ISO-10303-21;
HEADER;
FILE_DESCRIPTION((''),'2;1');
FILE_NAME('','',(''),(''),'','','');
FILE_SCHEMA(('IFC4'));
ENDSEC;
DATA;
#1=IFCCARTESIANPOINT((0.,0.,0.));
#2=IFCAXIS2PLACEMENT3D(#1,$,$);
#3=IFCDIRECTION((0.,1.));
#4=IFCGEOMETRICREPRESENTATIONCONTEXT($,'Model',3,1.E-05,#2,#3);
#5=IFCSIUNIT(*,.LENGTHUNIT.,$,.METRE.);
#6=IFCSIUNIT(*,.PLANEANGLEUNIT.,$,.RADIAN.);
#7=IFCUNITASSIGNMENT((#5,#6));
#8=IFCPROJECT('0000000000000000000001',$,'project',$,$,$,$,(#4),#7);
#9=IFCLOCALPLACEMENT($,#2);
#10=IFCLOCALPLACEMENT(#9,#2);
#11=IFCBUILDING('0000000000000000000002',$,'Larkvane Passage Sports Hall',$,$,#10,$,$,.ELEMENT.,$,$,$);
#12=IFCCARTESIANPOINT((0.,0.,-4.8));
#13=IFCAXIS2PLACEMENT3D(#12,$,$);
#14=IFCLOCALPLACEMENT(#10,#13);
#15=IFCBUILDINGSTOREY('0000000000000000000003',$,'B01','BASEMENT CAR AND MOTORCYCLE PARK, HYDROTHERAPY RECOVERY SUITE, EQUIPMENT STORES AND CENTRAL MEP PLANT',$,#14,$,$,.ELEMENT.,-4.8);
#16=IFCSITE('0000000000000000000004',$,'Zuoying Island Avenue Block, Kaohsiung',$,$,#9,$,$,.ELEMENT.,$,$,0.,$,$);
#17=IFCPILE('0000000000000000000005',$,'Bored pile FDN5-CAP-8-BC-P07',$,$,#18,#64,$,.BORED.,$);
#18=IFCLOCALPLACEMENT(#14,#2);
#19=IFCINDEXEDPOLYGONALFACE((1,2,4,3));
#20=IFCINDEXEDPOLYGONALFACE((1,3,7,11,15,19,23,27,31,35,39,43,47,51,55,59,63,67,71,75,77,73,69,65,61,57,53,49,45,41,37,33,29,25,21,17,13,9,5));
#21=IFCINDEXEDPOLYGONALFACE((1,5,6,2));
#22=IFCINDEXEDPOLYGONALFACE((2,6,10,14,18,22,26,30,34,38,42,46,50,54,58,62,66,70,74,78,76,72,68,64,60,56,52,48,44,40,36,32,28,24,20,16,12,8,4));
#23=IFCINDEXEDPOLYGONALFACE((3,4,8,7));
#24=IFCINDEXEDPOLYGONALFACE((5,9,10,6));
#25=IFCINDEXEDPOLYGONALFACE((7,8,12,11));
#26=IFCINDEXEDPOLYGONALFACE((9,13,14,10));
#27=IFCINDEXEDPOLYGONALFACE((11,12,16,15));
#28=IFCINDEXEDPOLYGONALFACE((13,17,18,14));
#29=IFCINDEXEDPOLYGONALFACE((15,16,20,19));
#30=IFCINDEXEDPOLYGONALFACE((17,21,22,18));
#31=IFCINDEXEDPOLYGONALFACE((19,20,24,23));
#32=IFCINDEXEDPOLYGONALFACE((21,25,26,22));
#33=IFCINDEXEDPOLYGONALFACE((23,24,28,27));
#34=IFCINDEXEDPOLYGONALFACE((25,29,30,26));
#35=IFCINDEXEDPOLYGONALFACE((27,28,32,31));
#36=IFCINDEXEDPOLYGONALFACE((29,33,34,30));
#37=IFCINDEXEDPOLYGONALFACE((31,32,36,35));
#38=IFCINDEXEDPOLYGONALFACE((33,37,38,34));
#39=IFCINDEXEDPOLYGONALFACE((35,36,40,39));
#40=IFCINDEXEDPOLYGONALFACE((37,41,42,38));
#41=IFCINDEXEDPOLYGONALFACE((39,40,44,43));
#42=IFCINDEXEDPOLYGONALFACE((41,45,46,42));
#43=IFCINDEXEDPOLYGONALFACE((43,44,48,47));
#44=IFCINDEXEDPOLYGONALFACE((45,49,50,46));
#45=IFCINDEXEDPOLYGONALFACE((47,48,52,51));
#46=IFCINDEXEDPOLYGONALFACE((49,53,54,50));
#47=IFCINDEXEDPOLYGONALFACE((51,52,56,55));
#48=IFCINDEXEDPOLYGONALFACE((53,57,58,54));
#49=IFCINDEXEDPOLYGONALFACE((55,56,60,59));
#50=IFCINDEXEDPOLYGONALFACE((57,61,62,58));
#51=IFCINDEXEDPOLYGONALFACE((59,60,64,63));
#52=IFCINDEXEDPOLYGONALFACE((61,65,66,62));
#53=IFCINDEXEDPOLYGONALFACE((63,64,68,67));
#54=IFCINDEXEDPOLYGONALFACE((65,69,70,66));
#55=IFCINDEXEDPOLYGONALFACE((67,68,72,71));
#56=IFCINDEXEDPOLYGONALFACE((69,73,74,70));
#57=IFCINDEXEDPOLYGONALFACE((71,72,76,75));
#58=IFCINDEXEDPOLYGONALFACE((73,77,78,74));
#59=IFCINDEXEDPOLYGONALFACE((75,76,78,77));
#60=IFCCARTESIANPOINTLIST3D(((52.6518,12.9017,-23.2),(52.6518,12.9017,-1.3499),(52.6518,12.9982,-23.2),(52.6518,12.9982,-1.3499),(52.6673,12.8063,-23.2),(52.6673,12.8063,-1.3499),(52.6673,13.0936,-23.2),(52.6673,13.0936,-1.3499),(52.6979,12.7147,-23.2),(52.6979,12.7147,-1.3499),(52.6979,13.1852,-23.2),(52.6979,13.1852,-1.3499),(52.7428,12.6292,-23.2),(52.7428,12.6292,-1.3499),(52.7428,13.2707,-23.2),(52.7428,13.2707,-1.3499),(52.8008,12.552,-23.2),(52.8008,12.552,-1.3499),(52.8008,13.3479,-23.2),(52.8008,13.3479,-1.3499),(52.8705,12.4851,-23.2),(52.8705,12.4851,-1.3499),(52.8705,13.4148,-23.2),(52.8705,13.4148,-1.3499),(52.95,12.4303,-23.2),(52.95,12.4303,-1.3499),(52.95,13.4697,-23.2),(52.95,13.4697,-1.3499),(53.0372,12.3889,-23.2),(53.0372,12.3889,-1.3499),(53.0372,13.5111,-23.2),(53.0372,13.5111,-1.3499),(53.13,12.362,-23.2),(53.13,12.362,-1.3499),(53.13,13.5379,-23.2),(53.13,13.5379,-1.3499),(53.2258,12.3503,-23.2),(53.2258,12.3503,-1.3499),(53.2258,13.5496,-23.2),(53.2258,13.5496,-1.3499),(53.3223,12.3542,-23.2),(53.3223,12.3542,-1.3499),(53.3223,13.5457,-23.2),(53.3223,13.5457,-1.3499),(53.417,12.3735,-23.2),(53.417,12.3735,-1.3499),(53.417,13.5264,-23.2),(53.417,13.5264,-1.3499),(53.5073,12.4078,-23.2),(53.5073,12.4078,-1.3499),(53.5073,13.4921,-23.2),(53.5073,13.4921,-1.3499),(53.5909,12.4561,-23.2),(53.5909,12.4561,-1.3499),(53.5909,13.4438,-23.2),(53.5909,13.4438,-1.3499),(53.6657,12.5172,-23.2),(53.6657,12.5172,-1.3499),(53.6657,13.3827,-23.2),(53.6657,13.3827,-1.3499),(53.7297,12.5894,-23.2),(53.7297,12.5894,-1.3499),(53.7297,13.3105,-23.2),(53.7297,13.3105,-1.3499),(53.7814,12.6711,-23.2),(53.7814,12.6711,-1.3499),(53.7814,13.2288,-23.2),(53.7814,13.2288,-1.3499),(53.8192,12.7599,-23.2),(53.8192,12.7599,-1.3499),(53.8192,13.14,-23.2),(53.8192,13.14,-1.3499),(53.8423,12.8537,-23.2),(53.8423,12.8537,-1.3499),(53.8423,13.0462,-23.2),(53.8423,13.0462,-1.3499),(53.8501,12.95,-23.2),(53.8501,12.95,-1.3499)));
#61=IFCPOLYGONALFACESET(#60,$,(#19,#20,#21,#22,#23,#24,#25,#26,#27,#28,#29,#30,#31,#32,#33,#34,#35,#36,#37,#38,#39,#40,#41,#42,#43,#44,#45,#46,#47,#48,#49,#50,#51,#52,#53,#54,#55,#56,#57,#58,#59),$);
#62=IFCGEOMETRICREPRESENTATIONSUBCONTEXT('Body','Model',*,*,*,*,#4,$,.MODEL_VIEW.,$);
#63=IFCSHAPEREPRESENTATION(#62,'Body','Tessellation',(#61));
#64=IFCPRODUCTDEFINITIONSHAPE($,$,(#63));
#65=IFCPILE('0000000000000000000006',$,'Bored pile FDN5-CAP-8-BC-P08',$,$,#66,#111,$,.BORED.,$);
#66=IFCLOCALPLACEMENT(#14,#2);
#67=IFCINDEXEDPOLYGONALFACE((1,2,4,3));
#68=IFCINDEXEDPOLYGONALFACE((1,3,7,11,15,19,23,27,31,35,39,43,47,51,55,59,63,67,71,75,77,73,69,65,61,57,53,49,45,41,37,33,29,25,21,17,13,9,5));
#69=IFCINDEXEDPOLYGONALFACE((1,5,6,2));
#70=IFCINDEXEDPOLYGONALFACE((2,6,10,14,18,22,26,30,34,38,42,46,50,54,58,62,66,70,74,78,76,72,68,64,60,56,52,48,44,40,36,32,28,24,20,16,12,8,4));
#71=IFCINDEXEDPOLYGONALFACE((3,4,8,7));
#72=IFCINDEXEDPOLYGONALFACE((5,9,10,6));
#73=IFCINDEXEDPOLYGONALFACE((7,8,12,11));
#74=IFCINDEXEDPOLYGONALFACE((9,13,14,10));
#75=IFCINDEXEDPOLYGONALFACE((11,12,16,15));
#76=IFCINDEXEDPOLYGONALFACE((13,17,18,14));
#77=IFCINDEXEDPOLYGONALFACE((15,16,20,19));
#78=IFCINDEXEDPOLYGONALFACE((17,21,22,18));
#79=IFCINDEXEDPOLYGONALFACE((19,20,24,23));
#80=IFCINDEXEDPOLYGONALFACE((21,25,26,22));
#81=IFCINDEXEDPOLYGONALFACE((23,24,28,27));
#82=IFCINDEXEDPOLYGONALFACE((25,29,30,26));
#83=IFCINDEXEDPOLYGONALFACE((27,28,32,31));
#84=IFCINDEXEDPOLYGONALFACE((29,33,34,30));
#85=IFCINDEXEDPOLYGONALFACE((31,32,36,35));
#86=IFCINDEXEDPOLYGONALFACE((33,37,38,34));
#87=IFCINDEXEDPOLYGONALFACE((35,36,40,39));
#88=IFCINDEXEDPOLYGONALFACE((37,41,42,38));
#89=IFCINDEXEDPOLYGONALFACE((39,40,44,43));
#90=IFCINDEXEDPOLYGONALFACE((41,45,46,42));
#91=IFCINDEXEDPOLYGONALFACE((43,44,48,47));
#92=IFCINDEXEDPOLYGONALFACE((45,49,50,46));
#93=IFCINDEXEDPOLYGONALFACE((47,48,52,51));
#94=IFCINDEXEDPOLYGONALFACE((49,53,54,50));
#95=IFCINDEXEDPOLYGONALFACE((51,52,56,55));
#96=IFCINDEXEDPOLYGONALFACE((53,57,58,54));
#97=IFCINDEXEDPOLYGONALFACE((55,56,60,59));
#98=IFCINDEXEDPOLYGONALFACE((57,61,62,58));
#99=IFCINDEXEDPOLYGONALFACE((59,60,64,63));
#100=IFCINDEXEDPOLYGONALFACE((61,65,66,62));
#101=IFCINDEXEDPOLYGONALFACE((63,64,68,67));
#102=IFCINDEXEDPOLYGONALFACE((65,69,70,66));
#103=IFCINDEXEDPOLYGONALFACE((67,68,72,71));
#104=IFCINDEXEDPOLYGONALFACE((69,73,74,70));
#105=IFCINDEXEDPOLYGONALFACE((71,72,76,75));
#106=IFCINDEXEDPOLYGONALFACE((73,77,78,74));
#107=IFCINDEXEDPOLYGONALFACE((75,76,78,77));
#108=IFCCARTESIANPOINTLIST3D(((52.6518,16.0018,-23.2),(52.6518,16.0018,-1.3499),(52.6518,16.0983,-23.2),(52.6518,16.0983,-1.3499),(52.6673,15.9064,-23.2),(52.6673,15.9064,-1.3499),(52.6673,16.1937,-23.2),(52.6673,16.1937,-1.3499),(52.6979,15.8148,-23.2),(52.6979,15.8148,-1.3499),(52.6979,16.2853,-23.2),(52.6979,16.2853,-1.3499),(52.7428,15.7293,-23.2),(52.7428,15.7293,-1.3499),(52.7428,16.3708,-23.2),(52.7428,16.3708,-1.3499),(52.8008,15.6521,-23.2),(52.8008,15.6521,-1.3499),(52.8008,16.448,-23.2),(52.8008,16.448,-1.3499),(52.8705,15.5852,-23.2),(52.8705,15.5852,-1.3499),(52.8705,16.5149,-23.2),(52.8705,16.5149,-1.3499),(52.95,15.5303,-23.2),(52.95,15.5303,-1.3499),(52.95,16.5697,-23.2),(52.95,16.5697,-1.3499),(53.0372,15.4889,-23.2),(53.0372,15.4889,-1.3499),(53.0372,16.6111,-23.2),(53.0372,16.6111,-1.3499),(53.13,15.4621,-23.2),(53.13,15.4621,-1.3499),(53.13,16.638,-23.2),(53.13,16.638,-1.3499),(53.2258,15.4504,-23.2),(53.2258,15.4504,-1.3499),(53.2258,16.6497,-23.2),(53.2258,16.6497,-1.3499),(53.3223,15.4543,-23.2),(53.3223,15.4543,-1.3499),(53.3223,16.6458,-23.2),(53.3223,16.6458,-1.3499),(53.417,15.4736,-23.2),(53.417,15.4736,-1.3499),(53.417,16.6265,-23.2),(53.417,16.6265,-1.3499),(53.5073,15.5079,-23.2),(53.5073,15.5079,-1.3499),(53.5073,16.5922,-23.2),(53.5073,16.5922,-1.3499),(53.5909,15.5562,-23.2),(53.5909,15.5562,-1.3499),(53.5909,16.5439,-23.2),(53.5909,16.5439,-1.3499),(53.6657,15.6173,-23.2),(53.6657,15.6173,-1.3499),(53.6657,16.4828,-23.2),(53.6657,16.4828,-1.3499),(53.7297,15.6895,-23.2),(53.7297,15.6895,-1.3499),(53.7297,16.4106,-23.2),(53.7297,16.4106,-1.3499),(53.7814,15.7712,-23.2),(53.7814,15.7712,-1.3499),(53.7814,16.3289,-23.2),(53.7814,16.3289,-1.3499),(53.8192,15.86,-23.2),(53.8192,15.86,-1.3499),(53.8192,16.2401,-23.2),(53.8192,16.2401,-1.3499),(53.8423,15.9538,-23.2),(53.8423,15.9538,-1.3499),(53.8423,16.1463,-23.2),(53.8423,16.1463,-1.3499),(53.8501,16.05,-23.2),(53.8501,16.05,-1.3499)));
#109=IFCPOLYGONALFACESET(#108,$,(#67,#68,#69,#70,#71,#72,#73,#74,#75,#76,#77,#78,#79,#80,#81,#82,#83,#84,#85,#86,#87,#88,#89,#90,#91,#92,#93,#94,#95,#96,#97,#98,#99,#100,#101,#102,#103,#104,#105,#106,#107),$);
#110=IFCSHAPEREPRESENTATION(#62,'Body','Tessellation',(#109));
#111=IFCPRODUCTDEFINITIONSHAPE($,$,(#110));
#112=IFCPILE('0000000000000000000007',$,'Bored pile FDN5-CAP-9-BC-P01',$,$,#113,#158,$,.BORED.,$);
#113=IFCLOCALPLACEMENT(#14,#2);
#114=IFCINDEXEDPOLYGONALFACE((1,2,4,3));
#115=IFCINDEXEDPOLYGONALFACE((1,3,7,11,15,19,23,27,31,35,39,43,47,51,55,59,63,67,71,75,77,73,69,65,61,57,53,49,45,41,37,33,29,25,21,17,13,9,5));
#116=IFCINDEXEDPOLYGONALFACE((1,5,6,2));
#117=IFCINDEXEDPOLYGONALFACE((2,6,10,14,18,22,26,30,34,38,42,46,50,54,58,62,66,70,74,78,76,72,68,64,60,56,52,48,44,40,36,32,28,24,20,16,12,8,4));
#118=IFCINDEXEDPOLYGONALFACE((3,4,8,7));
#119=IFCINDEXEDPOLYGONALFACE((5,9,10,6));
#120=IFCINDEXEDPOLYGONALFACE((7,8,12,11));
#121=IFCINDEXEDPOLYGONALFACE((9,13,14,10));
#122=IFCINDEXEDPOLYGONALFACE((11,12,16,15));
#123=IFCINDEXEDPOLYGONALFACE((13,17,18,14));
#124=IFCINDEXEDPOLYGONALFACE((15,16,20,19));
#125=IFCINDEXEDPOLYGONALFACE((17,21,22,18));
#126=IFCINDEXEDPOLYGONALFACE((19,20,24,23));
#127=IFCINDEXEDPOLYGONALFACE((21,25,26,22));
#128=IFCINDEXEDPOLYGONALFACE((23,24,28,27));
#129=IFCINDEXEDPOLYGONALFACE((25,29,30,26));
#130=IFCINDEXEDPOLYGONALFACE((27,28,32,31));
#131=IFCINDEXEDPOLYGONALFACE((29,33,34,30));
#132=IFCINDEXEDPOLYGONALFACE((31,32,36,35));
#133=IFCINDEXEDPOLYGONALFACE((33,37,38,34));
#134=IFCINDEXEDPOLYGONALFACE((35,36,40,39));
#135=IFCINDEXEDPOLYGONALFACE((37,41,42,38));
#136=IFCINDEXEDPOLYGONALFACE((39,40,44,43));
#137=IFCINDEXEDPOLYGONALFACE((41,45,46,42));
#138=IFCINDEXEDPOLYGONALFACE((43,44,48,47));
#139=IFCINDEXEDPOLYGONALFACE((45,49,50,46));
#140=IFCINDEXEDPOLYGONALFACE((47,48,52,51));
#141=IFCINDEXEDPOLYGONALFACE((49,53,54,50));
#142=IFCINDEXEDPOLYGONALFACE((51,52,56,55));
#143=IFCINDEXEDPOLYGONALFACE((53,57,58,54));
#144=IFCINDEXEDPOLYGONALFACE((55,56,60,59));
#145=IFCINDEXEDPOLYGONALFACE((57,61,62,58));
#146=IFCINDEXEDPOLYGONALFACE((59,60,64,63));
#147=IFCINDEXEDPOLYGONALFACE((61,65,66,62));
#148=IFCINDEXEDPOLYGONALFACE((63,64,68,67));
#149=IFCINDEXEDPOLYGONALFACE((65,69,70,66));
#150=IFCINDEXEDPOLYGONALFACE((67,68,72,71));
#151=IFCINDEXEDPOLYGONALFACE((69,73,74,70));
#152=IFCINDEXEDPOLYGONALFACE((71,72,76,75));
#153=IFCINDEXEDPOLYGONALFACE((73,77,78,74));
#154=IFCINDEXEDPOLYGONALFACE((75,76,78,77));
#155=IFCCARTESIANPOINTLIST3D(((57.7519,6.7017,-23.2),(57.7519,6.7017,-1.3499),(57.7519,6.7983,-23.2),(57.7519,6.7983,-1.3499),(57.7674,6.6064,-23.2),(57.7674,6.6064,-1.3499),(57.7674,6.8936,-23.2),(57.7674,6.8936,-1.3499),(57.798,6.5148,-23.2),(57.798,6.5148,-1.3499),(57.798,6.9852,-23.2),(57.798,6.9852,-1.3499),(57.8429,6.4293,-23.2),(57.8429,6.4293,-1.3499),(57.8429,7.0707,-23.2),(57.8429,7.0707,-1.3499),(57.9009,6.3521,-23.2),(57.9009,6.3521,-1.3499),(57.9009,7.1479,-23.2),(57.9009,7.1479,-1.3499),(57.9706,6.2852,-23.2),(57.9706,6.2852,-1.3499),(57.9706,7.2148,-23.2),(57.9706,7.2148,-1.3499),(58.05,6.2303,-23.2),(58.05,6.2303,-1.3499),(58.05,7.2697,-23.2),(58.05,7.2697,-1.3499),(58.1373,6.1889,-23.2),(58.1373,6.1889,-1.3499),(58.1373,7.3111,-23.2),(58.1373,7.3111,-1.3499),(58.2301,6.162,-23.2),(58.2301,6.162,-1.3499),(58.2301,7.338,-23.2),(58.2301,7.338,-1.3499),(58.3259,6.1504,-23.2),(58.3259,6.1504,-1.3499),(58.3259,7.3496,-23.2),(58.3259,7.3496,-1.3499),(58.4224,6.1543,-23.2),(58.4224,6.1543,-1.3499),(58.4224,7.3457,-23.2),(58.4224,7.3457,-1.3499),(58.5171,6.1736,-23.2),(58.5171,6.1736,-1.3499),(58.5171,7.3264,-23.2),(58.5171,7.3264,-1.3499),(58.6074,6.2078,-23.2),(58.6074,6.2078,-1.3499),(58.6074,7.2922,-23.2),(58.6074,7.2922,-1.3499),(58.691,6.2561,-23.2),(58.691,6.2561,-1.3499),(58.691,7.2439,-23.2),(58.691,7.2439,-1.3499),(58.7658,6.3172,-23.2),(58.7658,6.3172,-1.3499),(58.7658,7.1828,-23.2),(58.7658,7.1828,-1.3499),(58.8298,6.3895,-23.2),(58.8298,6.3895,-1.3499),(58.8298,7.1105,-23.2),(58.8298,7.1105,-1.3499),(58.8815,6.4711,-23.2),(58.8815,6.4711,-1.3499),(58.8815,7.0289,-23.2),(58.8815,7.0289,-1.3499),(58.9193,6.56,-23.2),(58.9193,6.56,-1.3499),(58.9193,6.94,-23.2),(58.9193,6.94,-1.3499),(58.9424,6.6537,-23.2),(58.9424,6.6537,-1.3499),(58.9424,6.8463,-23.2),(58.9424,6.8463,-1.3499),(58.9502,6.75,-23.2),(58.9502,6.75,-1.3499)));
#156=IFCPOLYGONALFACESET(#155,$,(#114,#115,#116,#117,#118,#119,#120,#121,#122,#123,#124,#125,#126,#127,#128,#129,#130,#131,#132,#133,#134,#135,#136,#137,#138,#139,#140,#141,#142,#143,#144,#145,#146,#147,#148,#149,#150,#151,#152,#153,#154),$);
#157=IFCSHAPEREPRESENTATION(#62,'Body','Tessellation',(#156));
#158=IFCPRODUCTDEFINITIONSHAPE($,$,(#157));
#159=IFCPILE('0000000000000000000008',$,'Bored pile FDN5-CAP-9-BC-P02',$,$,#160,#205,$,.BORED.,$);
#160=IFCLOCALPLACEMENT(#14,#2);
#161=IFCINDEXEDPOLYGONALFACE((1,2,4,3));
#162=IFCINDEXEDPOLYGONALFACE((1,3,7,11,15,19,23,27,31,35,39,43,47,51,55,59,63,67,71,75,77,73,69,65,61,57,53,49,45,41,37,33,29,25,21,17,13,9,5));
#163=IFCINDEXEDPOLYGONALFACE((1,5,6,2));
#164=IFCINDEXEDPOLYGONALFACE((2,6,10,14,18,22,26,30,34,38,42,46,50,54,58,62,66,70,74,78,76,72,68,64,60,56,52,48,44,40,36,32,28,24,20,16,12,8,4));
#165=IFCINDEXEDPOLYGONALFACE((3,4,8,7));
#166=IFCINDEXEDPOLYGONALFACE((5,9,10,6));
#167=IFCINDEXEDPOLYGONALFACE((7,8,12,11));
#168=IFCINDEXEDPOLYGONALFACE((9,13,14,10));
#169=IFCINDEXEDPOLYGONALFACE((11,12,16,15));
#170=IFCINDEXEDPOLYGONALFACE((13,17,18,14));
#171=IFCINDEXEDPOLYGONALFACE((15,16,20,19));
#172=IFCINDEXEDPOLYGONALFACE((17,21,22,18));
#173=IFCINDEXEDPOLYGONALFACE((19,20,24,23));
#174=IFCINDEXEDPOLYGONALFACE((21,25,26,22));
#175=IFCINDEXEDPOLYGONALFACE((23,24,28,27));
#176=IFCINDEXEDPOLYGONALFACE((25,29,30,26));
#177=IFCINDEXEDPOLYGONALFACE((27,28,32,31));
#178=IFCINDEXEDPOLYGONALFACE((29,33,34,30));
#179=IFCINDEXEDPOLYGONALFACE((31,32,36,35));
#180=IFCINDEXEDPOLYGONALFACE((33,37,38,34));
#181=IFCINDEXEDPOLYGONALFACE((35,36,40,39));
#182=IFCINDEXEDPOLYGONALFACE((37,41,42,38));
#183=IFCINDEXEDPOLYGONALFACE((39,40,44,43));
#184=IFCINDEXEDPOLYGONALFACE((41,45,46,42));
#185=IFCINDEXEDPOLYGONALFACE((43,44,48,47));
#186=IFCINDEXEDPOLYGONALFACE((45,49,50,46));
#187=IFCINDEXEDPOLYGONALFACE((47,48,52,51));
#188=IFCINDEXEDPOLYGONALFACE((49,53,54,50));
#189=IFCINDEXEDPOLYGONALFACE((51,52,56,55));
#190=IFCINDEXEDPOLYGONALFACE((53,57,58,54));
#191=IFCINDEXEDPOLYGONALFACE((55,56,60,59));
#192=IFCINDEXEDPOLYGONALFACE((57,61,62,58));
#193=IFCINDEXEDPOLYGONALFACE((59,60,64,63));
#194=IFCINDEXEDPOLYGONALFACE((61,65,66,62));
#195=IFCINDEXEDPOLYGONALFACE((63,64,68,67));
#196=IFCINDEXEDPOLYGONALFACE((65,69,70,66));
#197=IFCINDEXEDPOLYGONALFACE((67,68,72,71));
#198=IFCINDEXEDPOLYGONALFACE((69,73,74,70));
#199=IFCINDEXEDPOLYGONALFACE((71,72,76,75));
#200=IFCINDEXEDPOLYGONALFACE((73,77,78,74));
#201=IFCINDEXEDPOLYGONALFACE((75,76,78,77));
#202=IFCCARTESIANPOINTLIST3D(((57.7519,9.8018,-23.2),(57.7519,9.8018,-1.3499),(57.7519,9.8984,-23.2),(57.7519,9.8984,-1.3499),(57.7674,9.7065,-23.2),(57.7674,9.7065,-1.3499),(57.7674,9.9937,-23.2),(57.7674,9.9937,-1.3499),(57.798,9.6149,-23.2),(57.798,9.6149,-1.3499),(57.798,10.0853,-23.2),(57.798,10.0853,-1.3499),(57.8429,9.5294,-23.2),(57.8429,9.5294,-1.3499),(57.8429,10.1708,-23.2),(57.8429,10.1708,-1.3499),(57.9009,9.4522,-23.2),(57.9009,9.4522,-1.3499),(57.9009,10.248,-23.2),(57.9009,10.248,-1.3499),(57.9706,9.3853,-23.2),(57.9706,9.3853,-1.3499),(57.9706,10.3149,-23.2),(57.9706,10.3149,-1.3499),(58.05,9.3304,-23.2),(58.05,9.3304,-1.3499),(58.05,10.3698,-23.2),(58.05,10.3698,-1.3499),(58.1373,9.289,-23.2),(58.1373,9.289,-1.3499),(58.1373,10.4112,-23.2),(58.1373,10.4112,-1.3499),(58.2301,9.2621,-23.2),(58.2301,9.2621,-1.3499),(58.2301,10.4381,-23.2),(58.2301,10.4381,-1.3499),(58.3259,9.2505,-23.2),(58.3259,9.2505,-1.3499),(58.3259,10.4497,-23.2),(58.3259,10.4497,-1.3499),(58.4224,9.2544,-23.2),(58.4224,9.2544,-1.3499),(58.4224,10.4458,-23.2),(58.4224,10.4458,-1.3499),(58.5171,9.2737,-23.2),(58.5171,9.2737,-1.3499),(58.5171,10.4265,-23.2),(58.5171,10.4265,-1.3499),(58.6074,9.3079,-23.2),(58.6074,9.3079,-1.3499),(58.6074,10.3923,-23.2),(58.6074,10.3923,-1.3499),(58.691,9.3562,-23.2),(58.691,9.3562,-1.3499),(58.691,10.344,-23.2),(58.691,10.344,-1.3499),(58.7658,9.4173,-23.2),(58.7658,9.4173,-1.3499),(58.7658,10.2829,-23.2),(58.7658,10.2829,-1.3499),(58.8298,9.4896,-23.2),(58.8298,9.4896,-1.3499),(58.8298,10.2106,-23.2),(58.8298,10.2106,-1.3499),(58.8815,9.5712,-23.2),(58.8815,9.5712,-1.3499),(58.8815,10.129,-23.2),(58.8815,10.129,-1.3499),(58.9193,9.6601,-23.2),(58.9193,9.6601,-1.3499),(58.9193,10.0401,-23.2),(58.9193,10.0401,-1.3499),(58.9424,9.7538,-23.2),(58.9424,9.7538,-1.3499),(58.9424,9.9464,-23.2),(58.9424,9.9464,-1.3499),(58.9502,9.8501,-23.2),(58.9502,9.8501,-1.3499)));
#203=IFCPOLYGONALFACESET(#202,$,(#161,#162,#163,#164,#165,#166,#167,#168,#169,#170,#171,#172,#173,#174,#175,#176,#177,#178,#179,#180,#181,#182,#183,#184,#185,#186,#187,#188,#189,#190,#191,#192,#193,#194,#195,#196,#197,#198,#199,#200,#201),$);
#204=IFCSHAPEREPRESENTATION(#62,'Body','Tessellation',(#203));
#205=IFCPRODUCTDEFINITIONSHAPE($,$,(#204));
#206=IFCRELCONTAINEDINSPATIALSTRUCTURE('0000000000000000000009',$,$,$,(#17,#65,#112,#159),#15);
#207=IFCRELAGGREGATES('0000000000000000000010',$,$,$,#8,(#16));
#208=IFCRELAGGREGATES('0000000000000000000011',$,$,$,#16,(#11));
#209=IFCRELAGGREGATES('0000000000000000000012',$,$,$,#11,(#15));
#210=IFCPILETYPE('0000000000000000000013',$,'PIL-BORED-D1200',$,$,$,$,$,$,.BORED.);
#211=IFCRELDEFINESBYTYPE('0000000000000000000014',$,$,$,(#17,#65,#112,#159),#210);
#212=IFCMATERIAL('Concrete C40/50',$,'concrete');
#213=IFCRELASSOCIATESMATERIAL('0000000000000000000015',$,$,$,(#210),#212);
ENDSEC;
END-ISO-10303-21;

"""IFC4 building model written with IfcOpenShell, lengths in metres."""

from ifc_helpers import new_model, si_unit, direction, frame, origin, origin_2d, place, context, subcontext, project, spatial, circle, extrude, material, material_profile, profile_set, type_object, element, save


model = new_model("IFC4")

# Units and contexts
model_context = context("Model", 3, precision=1e-05, world=origin(), true_north=direction((0.0, 1.0)))
body_context = subcontext(model_context, "Body", "Model", "MODEL_VIEW")
ifc_project = project(units=[si_unit("LENGTHUNIT", "METRE"), si_unit("PLANEANGLEUNIT", "RADIAN")], contexts=[model_context])

# Site, building, storey
site_placement = place(None, origin())
site = spatial("IfcSite", under=ifc_project, at=site_placement, Name="Zuoying Island Avenue Block, Kaohsiung", CompositionType="ELEMENT", RefElevation=0.0)
building_placement = place(site_placement, origin())
building = spatial("IfcBuilding", under=site, at=building_placement, Name="Larkvane Passage Sports Hall", CompositionType="ELEMENT")
storey_placement = place(building_placement, frame((0.0, 0.0, -4.8)))
storey = spatial("IfcBuildingStorey", under=building, at=storey_placement, Name="B01", Description="BASEMENT CAR AND MOTORCYCLE PARK, HYDROTHERAPY RECOVERY SUITE, EQUIPMENT STORES AND CENTRAL MEP PLANT", CompositionType="ELEMENT", Elevation=-4.8)

# Shared definitions
ifc_material_1 = material(Name="Concrete C40/50", Category="concrete")

# Piles
ifc_material_profile_1 = material_profile(ifc_material_1, circle(Radius=0.6001, at=origin_2d()), Name="PILE-D1200")
ifc_profile_set_1 = profile_set([ifc_material_profile_1], Name="Concrete C40/50")
pile_type = type_object("IfcPileType", Name="PIL-BORED-D1200", PredefinedType="BORED", material=ifc_profile_set_1)
for number, where, z_axis, x_axis, name in (
    (1, (53.25, 12.95, -1.3499), (0.0, 0.0, -1.0), (1.0, 0.0, 0.0), "Bored pile FDN5-CAP-8-BC-P07"),
    (2, (53.25, 16.05, -1.3499), (0.0, 0.0, -1.0), (1.0, 0.0, 0.0), "Bored pile FDN5-CAP-8-BC-P08"),
    (3, (58.3501, 6.75, -1.3499), (0.0, 0.0, -1.0), (1.0, 0.0, 0.0), "Bored pile FDN5-CAP-9-BC-P01"),
    (4, (58.3501, 9.8501, -1.3499), (0.0, 0.0, -1.0), (1.0, 0.0, 0.0), "Bored pile FDN5-CAP-9-BC-P02"),
):
    element("IfcPile", number, at=place(storey_placement, frame(where, z_axis=z_axis, x_axis=x_axis)), inside=storey, type_object=pile_type, Name=name, PredefinedType="BORED", context=body_context, shape_type="SweptSolid", body=[
        extrude(circle(Radius=0.6001, at=origin_2d()), origin(), (0.0, 0.0, 1.0), 21.8501),
    ])

save(model, "model.ifc")
